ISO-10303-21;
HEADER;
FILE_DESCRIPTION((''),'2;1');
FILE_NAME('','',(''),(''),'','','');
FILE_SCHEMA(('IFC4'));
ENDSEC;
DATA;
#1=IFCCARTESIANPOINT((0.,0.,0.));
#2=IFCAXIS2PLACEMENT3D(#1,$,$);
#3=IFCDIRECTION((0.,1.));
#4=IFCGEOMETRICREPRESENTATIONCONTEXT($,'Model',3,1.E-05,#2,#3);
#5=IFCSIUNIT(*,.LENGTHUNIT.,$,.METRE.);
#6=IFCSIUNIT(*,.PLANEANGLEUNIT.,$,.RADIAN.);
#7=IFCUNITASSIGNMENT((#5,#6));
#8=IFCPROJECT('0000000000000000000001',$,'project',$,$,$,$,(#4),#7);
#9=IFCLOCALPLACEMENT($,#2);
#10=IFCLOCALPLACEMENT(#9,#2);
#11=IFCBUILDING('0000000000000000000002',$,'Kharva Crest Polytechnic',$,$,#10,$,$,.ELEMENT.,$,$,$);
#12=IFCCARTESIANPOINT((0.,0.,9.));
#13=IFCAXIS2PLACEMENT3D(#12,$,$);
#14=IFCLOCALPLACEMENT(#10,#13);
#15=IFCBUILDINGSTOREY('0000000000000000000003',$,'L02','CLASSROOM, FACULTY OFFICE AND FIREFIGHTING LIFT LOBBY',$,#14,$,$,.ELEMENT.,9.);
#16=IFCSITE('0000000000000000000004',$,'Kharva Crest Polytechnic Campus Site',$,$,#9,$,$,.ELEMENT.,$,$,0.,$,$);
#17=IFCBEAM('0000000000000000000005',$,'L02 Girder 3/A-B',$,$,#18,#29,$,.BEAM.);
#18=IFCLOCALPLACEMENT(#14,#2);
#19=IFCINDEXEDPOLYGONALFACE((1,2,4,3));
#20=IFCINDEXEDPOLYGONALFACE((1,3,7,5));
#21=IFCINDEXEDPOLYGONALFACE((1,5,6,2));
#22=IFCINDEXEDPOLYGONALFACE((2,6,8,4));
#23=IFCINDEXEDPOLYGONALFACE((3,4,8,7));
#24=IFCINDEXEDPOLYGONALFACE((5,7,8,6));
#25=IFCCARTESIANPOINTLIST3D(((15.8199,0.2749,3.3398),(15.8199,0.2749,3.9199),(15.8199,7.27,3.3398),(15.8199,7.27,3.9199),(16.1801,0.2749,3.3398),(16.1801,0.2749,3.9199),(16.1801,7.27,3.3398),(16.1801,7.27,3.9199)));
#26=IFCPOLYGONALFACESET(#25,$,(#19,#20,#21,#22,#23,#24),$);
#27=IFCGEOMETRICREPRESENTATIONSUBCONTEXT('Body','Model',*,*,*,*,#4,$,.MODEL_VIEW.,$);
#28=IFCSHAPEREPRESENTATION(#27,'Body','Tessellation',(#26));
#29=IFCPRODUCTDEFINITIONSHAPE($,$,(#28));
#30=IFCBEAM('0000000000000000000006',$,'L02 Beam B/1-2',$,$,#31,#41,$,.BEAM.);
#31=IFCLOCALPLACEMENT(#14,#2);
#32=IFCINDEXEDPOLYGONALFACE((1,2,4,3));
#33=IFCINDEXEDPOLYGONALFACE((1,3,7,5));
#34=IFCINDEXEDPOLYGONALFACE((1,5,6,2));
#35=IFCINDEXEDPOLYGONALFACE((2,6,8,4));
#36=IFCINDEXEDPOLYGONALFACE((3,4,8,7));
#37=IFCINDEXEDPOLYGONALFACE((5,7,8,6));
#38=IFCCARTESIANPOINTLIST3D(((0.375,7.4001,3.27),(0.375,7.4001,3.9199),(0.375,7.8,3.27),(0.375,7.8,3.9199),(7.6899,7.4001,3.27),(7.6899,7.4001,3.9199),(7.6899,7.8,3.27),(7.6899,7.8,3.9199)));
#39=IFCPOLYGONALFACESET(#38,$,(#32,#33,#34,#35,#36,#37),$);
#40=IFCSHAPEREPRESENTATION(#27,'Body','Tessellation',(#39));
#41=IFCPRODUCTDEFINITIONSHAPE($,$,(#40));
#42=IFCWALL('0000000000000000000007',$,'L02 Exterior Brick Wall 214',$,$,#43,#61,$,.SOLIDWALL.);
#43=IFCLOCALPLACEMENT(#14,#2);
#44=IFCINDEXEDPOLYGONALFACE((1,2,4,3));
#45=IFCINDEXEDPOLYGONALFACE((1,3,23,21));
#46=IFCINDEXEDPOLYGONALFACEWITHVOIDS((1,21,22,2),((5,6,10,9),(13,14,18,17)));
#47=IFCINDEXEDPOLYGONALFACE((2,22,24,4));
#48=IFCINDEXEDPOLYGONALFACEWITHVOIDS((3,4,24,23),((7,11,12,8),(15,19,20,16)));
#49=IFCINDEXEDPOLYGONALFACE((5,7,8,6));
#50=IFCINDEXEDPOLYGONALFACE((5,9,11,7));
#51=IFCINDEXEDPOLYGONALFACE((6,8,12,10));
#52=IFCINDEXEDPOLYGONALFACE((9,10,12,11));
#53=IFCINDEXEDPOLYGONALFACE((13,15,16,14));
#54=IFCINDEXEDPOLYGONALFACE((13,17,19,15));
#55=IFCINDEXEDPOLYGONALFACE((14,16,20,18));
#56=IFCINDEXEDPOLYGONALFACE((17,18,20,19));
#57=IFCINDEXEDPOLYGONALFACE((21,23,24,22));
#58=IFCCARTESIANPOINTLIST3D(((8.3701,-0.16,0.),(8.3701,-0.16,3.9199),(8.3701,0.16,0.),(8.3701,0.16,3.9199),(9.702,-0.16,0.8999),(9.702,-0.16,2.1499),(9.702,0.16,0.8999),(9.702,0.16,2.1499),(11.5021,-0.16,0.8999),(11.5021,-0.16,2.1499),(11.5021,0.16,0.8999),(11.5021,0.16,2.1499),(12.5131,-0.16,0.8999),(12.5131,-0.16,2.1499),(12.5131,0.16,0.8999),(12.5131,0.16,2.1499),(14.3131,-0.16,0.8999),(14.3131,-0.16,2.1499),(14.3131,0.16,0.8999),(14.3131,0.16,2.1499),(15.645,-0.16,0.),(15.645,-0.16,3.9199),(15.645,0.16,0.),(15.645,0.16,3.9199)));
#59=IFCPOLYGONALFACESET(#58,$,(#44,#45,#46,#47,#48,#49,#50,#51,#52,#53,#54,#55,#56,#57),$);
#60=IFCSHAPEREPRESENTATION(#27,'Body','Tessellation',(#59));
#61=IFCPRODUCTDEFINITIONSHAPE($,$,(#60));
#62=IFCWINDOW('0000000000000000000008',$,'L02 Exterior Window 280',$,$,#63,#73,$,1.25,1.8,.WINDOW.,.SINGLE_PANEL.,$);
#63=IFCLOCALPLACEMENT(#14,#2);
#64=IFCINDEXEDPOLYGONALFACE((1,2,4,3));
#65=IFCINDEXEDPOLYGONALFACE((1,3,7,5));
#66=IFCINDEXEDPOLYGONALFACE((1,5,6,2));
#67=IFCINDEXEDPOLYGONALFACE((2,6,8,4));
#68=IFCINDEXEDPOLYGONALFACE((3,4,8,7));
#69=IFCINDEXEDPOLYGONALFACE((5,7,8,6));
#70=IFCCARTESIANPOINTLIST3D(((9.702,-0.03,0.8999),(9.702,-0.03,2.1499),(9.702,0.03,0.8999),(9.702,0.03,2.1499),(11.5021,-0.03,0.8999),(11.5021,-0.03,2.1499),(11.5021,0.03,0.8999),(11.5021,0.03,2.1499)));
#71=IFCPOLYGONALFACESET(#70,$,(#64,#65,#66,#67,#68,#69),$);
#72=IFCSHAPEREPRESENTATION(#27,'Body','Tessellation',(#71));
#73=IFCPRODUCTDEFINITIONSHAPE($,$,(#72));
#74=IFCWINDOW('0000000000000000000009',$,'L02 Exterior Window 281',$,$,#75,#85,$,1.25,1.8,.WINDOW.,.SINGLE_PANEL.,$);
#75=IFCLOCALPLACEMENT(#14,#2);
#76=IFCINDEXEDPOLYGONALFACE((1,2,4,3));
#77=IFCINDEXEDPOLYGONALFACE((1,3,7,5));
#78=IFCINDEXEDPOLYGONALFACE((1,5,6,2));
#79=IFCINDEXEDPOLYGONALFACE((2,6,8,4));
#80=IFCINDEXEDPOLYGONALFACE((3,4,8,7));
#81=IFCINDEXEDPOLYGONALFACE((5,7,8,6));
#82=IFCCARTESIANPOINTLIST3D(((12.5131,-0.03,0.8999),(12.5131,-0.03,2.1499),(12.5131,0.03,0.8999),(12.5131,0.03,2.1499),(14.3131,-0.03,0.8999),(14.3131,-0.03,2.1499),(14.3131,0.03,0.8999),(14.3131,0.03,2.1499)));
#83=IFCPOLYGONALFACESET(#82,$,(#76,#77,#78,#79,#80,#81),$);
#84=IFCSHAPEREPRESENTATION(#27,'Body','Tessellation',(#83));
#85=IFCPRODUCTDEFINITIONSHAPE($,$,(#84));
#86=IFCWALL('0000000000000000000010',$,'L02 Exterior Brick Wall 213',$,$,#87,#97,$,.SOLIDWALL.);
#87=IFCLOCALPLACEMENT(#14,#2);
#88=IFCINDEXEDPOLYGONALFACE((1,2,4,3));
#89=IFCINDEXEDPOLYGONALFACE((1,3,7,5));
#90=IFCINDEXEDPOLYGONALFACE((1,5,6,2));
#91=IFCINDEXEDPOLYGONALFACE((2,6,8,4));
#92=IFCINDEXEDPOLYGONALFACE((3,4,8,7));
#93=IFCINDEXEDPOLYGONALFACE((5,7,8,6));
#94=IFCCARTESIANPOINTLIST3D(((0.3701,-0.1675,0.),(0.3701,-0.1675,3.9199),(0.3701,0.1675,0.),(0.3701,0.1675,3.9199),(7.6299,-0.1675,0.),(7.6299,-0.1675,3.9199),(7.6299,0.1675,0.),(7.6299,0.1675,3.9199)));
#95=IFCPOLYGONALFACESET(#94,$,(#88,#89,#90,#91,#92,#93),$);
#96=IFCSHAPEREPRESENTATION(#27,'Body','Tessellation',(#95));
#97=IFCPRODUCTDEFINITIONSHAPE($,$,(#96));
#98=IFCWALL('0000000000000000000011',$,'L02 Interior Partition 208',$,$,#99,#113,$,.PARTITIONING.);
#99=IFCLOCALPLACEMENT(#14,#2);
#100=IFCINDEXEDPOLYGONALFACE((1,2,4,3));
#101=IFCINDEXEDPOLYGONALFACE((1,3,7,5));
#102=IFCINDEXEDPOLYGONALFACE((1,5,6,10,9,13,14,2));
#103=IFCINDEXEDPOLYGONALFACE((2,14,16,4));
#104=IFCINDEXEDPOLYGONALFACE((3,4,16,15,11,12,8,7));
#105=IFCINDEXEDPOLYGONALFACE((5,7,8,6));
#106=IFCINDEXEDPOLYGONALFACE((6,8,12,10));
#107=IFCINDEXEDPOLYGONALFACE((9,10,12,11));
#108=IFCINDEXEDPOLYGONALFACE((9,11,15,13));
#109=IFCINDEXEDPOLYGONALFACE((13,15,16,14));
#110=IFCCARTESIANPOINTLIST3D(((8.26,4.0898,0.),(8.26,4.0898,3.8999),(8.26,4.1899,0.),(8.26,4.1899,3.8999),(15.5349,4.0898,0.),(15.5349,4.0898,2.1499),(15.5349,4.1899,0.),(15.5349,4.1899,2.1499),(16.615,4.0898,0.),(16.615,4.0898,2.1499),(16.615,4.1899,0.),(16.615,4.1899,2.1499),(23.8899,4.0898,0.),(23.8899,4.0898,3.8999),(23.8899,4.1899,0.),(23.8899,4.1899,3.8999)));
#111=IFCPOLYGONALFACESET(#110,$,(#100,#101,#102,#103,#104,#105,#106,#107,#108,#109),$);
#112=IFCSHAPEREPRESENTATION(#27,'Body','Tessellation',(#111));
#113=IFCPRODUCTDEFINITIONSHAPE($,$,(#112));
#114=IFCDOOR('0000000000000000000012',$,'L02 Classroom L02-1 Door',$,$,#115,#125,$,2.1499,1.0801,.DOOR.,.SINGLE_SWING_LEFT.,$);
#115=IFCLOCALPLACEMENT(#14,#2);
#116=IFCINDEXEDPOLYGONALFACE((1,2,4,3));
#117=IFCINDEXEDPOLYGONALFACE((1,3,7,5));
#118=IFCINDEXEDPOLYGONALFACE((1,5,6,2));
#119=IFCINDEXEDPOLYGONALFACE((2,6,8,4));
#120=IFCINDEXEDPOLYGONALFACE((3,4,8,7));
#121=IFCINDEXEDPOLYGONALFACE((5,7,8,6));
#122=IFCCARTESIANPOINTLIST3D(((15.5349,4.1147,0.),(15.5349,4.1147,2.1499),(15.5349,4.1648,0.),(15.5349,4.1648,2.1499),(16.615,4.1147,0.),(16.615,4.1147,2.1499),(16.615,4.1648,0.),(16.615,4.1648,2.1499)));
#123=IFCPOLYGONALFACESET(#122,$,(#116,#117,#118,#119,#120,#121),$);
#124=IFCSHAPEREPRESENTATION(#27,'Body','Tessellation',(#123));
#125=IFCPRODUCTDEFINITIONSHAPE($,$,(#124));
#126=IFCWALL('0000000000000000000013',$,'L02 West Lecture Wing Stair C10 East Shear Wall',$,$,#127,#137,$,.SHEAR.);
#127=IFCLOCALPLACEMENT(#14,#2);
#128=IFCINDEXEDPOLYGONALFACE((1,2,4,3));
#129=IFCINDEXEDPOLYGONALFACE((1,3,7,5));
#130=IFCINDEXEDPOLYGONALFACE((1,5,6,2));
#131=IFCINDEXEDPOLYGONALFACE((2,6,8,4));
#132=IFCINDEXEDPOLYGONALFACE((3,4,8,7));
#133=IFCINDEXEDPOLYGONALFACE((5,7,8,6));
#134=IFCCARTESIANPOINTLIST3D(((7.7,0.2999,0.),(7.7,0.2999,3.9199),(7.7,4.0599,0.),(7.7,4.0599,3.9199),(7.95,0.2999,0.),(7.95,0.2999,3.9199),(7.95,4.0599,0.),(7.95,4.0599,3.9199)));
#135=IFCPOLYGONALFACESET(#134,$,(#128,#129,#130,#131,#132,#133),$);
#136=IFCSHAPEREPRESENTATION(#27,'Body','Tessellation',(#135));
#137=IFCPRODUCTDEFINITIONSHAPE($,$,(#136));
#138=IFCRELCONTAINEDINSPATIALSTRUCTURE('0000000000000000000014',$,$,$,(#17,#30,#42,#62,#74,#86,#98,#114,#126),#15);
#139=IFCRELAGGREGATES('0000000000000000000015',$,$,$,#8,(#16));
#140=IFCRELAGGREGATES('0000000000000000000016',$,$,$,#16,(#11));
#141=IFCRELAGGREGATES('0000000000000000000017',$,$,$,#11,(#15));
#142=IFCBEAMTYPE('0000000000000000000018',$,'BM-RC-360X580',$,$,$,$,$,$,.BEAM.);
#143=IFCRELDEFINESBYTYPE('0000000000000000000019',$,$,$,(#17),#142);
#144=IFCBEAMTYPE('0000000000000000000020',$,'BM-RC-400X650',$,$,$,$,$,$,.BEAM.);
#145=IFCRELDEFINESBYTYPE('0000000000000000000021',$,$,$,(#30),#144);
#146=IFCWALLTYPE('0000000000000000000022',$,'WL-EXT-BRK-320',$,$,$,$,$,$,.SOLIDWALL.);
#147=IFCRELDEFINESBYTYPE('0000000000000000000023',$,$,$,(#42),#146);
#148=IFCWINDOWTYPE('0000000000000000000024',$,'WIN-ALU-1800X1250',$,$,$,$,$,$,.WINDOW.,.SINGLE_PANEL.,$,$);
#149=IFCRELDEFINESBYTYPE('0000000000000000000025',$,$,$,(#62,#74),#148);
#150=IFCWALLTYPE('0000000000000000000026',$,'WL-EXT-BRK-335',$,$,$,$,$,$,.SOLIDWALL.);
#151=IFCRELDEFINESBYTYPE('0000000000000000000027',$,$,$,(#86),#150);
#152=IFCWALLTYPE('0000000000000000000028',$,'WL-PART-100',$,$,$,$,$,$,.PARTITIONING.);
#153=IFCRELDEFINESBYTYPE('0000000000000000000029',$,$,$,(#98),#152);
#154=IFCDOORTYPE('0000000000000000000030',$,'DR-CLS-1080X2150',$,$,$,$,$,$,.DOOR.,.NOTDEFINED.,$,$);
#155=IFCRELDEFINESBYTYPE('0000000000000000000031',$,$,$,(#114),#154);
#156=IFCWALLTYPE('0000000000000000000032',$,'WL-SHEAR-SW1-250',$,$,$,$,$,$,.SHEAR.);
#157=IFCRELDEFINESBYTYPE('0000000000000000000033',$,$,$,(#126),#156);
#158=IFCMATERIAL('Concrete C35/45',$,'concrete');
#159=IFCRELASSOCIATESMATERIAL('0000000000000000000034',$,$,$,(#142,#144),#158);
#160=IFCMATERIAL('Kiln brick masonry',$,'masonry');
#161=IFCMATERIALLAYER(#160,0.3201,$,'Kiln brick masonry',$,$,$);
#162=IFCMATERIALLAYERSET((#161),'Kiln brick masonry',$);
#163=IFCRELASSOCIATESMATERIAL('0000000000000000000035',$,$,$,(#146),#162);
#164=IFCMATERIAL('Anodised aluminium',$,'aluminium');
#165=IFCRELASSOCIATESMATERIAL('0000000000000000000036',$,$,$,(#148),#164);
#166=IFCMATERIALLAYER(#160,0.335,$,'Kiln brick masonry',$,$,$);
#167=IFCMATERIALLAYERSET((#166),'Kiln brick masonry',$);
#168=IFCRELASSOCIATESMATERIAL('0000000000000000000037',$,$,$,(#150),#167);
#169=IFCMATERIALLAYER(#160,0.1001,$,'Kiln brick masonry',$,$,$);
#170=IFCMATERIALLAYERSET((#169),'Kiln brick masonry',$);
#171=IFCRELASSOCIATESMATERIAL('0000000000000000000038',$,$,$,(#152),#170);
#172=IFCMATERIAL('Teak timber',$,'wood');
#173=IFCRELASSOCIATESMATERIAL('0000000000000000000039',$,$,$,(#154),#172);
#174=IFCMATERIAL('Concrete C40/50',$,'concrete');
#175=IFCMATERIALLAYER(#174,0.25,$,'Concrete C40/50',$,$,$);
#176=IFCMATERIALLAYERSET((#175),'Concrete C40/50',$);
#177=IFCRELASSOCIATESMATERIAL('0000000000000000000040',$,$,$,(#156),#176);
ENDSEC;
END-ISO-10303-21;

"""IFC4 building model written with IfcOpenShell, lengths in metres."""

from ifc_helpers import new_model, si_unit, direction, frame, frame_2d, origin, origin_2d, place, context, subcontext, project, spatial, rectangle, extrude, material, layer, layer_set, material_profile, profile_set, type_object, element, fill, save


model = new_model("IFC4")

# Units and contexts
model_context = context("Model", 3, precision=1e-05, world=origin(), true_north=direction((0.0, 1.0)))
body_context = subcontext(model_context, "Body", "Model", "MODEL_VIEW")
ifc_project = project(units=[si_unit("LENGTHUNIT", "METRE"), si_unit("PLANEANGLEUNIT", "RADIAN")], contexts=[model_context])

# Site, building, storey
site_placement = place(None, origin())
site = spatial("IfcSite", under=ifc_project, at=site_placement, Name="Kharva Crest Polytechnic Campus Site", CompositionType="ELEMENT", RefElevation=0.0)
building_placement = place(site_placement, origin())
building = spatial("IfcBuilding", under=site, at=building_placement, Name="Kharva Crest Polytechnic", CompositionType="ELEMENT")
storey_placement = place(building_placement, frame((0.0, 0.0, 9.0)))
storey = spatial("IfcBuildingStorey", under=building, at=storey_placement, Name="L02", Description="CLASSROOM, FACULTY OFFICE AND FIREFIGHTING LIFT LOBBY", CompositionType="ELEMENT", Elevation=9.0)

# Shared definitions
ifc_material_1 = material(Name="Concrete C40/50", Category="concrete")

# Beams
ifc_material_2 = material(Name="Concrete C35/45", Category="concrete")
ifc_material_profile_1 = material_profile(ifc_material_2, rectangle(XDim=0.3601, YDim=0.5801, at=origin_2d()), Name="RECT 360 X 580")
ifc_profile_set_1 = profile_set([ifc_material_profile_1], Name="Concrete C35/45")
beam_type_1 = type_object("IfcBeamType", Name="BM-RC-360X580", PredefinedType="BEAM", material=ifc_profile_set_1)
beam_1_placement = place(storey_placement, frame((16.0, 0.2749, 3.6299), z_axis=(0.0, 1.0, 0.0), x_axis=(-1.0, 0.0, 0.0)))
element("IfcBeam", 1, at=beam_1_placement, inside=storey, type_object=beam_type_1, Name="L02 Girder 3/A-B", PredefinedType="BEAM", context=body_context, shape_type="SweptSolid", body=[
    extrude(rectangle(XDim=0.3601, YDim=0.5801, at=origin_2d()), origin(), (0.0, 0.0, 1.0), 6.9951),
])
ifc_material_profile_2 = material_profile(ifc_material_2, rectangle(XDim=0.3999, YDim=0.6499, at=origin_2d()), Name="RECT 400 X 650")
ifc_profile_set_2 = profile_set([ifc_material_profile_2], Name="Concrete C35/45")
beam_type_2 = type_object("IfcBeamType", Name="BM-RC-400X650", PredefinedType="BEAM", material=ifc_profile_set_2)
beam_2_placement = place(storey_placement, frame((0.375, 7.6001, 3.595), z_axis=(1.0, 0.0, 0.0), x_axis=(0.0, 1.0, 0.0)))
element("IfcBeam", 2, at=beam_2_placement, inside=storey, type_object=beam_type_2, Name="L02 Beam B/1-2", PredefinedType="BEAM", context=body_context, shape_type="SweptSolid", body=[
    extrude(rectangle(XDim=0.3999, YDim=0.6499, at=origin_2d()), origin(), (0.0, 0.0, 1.0), 7.3149),
])

# Wall, openings, windows
ifc_material_3 = material(Name="Kiln brick masonry", Category="masonry")
ifc_layer_1 = layer(ifc_material_3, 0.3201, Name="Kiln brick masonry")
ifc_layer_set_1 = layer_set([ifc_layer_1], Name="Kiln brick masonry")
wall_type_1 = type_object("IfcWallType", Name="WL-EXT-BRK-320", PredefinedType="SOLIDWALL", material=ifc_layer_set_1)
wall_1_placement = place(storey_placement, frame((8.3701, 0.0, 0.0), z_axis=(0.0, 0.0, 1.0), x_axis=(1.0, 0.0, 0.0)))
wall_1 = element("IfcWall", 3, at=wall_1_placement, inside=storey, type_object=wall_type_1, Name="L02 Exterior Brick Wall 214", PredefinedType="SOLIDWALL", context=body_context, shape_type="SweptSolid", body=[
    extrude(rectangle(XDim=7.2749, YDim=0.3201, at=frame_2d((3.6375, 0.0))), origin(), (0.0, 0.0, 1.0), 3.9199),
])
opening_1_placement = place(wall_1_placement, frame((1.332, 0.0, 0.8999)))
opening_1 = element("IfcOpeningElement", 4, at=opening_1_placement, cuts=wall_1, PredefinedType="OPENING", context=body_context, shape_type="SweptSolid", body=[
    extrude(rectangle(XDim=1.8, YDim=1.25, at=frame_2d((0.8999, 0.625))), frame((0.0, 0.1699, 0.0), z_axis=(0.0, -1.0, 0.0), x_axis=(1.0, 0.0, 0.0)), (0.0, 0.0, 1.0), 0.3401),
])
opening_2_placement = place(wall_1_placement, frame((4.1431, 0.0, 0.8999)))
opening_2 = element("IfcOpeningElement", 5, at=opening_2_placement, cuts=wall_1, PredefinedType="OPENING", context=body_context, shape_type="SweptSolid", body=[
    extrude(rectangle(XDim=1.8, YDim=1.25, at=frame_2d((0.8999, 0.625))), frame((0.0, 0.1699, 0.0), z_axis=(0.0, -1.0, 0.0), x_axis=(1.0, 0.0, 0.0)), (0.0, 0.0, 1.0), 0.3401),
])
ifc_material_4 = material(Name="Anodised aluminium", Category="aluminium")
window_type = type_object("IfcWindowType", Name="WIN-ALU-1800X1250", PartitioningType="SINGLE_PANEL", PredefinedType="WINDOW", material=ifc_material_4)
window_1_placement = place(opening_1_placement, origin())
window_1 = element("IfcWindow", 6, at=window_1_placement, inside=storey, type_object=window_type, Name="L02 Exterior Window 280", OverallHeight=1.25, OverallWidth=1.8, PartitioningType="SINGLE_PANEL", PredefinedType="WINDOW", context=body_context, shape_type="SweptSolid", body=[
    extrude(rectangle(XDim=1.8, YDim=1.25, at=frame_2d((0.8999, 0.625))), frame((0.0, 0.03, 0.0), z_axis=(0.0, -1.0, 0.0), x_axis=(1.0, 0.0, 0.0)), (0.0, 0.0, 1.0), 0.0601),
])
fill(opening_1, window_1)
window_2_placement = place(opening_2_placement, origin())
window_2 = element("IfcWindow", 7, at=window_2_placement, inside=storey, type_object=window_type, Name="L02 Exterior Window 281", OverallHeight=1.25, OverallWidth=1.8, PartitioningType="SINGLE_PANEL", PredefinedType="WINDOW", context=body_context, shape_type="SweptSolid", body=[
    extrude(rectangle(XDim=1.8, YDim=1.25, at=frame_2d((0.8999, 0.625))), frame((0.0, 0.03, 0.0), z_axis=(0.0, -1.0, 0.0), x_axis=(1.0, 0.0, 0.0)), (0.0, 0.0, 1.0), 0.0601),
])
fill(opening_2, window_2)

# Wall
ifc_layer_2 = layer(ifc_material_3, 0.335, Name="Kiln brick masonry")
ifc_layer_set_2 = layer_set([ifc_layer_2], Name="Kiln brick masonry")
wall_type_2 = type_object("IfcWallType", Name="WL-EXT-BRK-335", PredefinedType="SOLIDWALL", material=ifc_layer_set_2)
wall_2_placement = place(storey_placement, frame((0.3701, 0.0, 0.0), z_axis=(0.0, 0.0, 1.0), x_axis=(1.0, 0.0, 0.0)))
element("IfcWall", 8, at=wall_2_placement, inside=storey, type_object=wall_type_2, Name="L02 Exterior Brick Wall 213", PredefinedType="SOLIDWALL", context=body_context, shape_type="SweptSolid", body=[
    extrude(rectangle(XDim=7.2598, YDim=0.335, at=frame_2d((3.6299, 0.0))), origin(), (0.0, 0.0, 1.0), 3.9199),
])

# Wall, opening, door
ifc_layer_3 = layer(ifc_material_3, 0.1001, Name="Kiln brick masonry")
ifc_layer_set_3 = layer_set([ifc_layer_3], Name="Kiln brick masonry")
wall_type_3 = type_object("IfcWallType", Name="WL-PART-100", PredefinedType="PARTITIONING", material=ifc_layer_set_3)
wall_3_placement = place(storey_placement, frame((8.26, 4.1399, 0.0), z_axis=(0.0, 0.0, 1.0), x_axis=(1.0, 0.0, 0.0)))
wall_3 = element("IfcWall", 9, at=wall_3_placement, inside=storey, type_object=wall_type_3, Name="L02 Interior Partition 208", PredefinedType="PARTITIONING", context=body_context, shape_type="SweptSolid", body=[
    extrude(rectangle(XDim=15.6299, YDim=0.1001, at=frame_2d((7.8149, 0.0))), origin(), (0.0, 0.0, 1.0), 3.8999),
])
opening_3_placement = place(wall_3_placement, frame((7.2749, 0.0, 0.0)))
opening_3 = element("IfcOpeningElement", 10, at=opening_3_placement, cuts=wall_3, PredefinedType="OPENING", context=body_context, shape_type="SweptSolid", body=[
    extrude(rectangle(XDim=1.0801, YDim=2.1499, at=frame_2d((0.54, 1.075))), frame((0.0, 0.0601, 0.0), z_axis=(0.0, -1.0, 0.0), x_axis=(1.0, 0.0, 0.0)), (0.0, 0.0, 1.0), 0.1201),
])
ifc_material_5 = material(Name="Teak timber", Category="wood")
door_type = type_object("IfcDoorType", Name="DR-CLS-1080X2150", OperationType="NOTDEFINED", PredefinedType="DOOR", material=ifc_material_5)
door_placement = place(opening_3_placement, origin())
door = element("IfcDoor", 11, at=door_placement, inside=storey, type_object=door_type, Name="L02 Classroom L02-1 Door", OperationType="SINGLE_SWING_LEFT", OverallHeight=2.1499, OverallWidth=1.0801, PredefinedType="DOOR", context=body_context, shape_type="SweptSolid", body=[
    extrude(rectangle(XDim=1.0801, YDim=2.1499, at=frame_2d((0.54, 1.075))), frame((0.0, 0.0249, 0.0), z_axis=(0.0, -1.0, 0.0), x_axis=(1.0, 0.0, 0.0)), (0.0, 0.0, 1.0), 0.05),
])
fill(opening_3, door)

# Wall
ifc_layer_4 = layer(ifc_material_1, 0.25, Name="Concrete C40/50")
ifc_layer_set_4 = layer_set([ifc_layer_4], Name="Concrete C40/50")
wall_type_4 = type_object("IfcWallType", Name="WL-SHEAR-SW1-250", PredefinedType="SHEAR", material=ifc_layer_set_4)
wall_4_placement = place(storey_placement, frame((7.825, 0.3, 0.0), z_axis=(0.0, 0.0, 1.0), x_axis=(0.0, 1.0, 0.0)))
element("IfcWall", 12, at=wall_4_placement, inside=storey, type_object=wall_type_4, Name="L02 West Lecture Wing Stair C10 East Shear Wall", PredefinedType="SHEAR", context=body_context, shape_type="SweptSolid", body=[
    extrude(rectangle(XDim=3.76, YDim=0.25, at=frame_2d((1.8799, 0.0))), origin(), (0.0, 0.0, 1.0), 3.9199),
])

save(model, "model.ifc")
